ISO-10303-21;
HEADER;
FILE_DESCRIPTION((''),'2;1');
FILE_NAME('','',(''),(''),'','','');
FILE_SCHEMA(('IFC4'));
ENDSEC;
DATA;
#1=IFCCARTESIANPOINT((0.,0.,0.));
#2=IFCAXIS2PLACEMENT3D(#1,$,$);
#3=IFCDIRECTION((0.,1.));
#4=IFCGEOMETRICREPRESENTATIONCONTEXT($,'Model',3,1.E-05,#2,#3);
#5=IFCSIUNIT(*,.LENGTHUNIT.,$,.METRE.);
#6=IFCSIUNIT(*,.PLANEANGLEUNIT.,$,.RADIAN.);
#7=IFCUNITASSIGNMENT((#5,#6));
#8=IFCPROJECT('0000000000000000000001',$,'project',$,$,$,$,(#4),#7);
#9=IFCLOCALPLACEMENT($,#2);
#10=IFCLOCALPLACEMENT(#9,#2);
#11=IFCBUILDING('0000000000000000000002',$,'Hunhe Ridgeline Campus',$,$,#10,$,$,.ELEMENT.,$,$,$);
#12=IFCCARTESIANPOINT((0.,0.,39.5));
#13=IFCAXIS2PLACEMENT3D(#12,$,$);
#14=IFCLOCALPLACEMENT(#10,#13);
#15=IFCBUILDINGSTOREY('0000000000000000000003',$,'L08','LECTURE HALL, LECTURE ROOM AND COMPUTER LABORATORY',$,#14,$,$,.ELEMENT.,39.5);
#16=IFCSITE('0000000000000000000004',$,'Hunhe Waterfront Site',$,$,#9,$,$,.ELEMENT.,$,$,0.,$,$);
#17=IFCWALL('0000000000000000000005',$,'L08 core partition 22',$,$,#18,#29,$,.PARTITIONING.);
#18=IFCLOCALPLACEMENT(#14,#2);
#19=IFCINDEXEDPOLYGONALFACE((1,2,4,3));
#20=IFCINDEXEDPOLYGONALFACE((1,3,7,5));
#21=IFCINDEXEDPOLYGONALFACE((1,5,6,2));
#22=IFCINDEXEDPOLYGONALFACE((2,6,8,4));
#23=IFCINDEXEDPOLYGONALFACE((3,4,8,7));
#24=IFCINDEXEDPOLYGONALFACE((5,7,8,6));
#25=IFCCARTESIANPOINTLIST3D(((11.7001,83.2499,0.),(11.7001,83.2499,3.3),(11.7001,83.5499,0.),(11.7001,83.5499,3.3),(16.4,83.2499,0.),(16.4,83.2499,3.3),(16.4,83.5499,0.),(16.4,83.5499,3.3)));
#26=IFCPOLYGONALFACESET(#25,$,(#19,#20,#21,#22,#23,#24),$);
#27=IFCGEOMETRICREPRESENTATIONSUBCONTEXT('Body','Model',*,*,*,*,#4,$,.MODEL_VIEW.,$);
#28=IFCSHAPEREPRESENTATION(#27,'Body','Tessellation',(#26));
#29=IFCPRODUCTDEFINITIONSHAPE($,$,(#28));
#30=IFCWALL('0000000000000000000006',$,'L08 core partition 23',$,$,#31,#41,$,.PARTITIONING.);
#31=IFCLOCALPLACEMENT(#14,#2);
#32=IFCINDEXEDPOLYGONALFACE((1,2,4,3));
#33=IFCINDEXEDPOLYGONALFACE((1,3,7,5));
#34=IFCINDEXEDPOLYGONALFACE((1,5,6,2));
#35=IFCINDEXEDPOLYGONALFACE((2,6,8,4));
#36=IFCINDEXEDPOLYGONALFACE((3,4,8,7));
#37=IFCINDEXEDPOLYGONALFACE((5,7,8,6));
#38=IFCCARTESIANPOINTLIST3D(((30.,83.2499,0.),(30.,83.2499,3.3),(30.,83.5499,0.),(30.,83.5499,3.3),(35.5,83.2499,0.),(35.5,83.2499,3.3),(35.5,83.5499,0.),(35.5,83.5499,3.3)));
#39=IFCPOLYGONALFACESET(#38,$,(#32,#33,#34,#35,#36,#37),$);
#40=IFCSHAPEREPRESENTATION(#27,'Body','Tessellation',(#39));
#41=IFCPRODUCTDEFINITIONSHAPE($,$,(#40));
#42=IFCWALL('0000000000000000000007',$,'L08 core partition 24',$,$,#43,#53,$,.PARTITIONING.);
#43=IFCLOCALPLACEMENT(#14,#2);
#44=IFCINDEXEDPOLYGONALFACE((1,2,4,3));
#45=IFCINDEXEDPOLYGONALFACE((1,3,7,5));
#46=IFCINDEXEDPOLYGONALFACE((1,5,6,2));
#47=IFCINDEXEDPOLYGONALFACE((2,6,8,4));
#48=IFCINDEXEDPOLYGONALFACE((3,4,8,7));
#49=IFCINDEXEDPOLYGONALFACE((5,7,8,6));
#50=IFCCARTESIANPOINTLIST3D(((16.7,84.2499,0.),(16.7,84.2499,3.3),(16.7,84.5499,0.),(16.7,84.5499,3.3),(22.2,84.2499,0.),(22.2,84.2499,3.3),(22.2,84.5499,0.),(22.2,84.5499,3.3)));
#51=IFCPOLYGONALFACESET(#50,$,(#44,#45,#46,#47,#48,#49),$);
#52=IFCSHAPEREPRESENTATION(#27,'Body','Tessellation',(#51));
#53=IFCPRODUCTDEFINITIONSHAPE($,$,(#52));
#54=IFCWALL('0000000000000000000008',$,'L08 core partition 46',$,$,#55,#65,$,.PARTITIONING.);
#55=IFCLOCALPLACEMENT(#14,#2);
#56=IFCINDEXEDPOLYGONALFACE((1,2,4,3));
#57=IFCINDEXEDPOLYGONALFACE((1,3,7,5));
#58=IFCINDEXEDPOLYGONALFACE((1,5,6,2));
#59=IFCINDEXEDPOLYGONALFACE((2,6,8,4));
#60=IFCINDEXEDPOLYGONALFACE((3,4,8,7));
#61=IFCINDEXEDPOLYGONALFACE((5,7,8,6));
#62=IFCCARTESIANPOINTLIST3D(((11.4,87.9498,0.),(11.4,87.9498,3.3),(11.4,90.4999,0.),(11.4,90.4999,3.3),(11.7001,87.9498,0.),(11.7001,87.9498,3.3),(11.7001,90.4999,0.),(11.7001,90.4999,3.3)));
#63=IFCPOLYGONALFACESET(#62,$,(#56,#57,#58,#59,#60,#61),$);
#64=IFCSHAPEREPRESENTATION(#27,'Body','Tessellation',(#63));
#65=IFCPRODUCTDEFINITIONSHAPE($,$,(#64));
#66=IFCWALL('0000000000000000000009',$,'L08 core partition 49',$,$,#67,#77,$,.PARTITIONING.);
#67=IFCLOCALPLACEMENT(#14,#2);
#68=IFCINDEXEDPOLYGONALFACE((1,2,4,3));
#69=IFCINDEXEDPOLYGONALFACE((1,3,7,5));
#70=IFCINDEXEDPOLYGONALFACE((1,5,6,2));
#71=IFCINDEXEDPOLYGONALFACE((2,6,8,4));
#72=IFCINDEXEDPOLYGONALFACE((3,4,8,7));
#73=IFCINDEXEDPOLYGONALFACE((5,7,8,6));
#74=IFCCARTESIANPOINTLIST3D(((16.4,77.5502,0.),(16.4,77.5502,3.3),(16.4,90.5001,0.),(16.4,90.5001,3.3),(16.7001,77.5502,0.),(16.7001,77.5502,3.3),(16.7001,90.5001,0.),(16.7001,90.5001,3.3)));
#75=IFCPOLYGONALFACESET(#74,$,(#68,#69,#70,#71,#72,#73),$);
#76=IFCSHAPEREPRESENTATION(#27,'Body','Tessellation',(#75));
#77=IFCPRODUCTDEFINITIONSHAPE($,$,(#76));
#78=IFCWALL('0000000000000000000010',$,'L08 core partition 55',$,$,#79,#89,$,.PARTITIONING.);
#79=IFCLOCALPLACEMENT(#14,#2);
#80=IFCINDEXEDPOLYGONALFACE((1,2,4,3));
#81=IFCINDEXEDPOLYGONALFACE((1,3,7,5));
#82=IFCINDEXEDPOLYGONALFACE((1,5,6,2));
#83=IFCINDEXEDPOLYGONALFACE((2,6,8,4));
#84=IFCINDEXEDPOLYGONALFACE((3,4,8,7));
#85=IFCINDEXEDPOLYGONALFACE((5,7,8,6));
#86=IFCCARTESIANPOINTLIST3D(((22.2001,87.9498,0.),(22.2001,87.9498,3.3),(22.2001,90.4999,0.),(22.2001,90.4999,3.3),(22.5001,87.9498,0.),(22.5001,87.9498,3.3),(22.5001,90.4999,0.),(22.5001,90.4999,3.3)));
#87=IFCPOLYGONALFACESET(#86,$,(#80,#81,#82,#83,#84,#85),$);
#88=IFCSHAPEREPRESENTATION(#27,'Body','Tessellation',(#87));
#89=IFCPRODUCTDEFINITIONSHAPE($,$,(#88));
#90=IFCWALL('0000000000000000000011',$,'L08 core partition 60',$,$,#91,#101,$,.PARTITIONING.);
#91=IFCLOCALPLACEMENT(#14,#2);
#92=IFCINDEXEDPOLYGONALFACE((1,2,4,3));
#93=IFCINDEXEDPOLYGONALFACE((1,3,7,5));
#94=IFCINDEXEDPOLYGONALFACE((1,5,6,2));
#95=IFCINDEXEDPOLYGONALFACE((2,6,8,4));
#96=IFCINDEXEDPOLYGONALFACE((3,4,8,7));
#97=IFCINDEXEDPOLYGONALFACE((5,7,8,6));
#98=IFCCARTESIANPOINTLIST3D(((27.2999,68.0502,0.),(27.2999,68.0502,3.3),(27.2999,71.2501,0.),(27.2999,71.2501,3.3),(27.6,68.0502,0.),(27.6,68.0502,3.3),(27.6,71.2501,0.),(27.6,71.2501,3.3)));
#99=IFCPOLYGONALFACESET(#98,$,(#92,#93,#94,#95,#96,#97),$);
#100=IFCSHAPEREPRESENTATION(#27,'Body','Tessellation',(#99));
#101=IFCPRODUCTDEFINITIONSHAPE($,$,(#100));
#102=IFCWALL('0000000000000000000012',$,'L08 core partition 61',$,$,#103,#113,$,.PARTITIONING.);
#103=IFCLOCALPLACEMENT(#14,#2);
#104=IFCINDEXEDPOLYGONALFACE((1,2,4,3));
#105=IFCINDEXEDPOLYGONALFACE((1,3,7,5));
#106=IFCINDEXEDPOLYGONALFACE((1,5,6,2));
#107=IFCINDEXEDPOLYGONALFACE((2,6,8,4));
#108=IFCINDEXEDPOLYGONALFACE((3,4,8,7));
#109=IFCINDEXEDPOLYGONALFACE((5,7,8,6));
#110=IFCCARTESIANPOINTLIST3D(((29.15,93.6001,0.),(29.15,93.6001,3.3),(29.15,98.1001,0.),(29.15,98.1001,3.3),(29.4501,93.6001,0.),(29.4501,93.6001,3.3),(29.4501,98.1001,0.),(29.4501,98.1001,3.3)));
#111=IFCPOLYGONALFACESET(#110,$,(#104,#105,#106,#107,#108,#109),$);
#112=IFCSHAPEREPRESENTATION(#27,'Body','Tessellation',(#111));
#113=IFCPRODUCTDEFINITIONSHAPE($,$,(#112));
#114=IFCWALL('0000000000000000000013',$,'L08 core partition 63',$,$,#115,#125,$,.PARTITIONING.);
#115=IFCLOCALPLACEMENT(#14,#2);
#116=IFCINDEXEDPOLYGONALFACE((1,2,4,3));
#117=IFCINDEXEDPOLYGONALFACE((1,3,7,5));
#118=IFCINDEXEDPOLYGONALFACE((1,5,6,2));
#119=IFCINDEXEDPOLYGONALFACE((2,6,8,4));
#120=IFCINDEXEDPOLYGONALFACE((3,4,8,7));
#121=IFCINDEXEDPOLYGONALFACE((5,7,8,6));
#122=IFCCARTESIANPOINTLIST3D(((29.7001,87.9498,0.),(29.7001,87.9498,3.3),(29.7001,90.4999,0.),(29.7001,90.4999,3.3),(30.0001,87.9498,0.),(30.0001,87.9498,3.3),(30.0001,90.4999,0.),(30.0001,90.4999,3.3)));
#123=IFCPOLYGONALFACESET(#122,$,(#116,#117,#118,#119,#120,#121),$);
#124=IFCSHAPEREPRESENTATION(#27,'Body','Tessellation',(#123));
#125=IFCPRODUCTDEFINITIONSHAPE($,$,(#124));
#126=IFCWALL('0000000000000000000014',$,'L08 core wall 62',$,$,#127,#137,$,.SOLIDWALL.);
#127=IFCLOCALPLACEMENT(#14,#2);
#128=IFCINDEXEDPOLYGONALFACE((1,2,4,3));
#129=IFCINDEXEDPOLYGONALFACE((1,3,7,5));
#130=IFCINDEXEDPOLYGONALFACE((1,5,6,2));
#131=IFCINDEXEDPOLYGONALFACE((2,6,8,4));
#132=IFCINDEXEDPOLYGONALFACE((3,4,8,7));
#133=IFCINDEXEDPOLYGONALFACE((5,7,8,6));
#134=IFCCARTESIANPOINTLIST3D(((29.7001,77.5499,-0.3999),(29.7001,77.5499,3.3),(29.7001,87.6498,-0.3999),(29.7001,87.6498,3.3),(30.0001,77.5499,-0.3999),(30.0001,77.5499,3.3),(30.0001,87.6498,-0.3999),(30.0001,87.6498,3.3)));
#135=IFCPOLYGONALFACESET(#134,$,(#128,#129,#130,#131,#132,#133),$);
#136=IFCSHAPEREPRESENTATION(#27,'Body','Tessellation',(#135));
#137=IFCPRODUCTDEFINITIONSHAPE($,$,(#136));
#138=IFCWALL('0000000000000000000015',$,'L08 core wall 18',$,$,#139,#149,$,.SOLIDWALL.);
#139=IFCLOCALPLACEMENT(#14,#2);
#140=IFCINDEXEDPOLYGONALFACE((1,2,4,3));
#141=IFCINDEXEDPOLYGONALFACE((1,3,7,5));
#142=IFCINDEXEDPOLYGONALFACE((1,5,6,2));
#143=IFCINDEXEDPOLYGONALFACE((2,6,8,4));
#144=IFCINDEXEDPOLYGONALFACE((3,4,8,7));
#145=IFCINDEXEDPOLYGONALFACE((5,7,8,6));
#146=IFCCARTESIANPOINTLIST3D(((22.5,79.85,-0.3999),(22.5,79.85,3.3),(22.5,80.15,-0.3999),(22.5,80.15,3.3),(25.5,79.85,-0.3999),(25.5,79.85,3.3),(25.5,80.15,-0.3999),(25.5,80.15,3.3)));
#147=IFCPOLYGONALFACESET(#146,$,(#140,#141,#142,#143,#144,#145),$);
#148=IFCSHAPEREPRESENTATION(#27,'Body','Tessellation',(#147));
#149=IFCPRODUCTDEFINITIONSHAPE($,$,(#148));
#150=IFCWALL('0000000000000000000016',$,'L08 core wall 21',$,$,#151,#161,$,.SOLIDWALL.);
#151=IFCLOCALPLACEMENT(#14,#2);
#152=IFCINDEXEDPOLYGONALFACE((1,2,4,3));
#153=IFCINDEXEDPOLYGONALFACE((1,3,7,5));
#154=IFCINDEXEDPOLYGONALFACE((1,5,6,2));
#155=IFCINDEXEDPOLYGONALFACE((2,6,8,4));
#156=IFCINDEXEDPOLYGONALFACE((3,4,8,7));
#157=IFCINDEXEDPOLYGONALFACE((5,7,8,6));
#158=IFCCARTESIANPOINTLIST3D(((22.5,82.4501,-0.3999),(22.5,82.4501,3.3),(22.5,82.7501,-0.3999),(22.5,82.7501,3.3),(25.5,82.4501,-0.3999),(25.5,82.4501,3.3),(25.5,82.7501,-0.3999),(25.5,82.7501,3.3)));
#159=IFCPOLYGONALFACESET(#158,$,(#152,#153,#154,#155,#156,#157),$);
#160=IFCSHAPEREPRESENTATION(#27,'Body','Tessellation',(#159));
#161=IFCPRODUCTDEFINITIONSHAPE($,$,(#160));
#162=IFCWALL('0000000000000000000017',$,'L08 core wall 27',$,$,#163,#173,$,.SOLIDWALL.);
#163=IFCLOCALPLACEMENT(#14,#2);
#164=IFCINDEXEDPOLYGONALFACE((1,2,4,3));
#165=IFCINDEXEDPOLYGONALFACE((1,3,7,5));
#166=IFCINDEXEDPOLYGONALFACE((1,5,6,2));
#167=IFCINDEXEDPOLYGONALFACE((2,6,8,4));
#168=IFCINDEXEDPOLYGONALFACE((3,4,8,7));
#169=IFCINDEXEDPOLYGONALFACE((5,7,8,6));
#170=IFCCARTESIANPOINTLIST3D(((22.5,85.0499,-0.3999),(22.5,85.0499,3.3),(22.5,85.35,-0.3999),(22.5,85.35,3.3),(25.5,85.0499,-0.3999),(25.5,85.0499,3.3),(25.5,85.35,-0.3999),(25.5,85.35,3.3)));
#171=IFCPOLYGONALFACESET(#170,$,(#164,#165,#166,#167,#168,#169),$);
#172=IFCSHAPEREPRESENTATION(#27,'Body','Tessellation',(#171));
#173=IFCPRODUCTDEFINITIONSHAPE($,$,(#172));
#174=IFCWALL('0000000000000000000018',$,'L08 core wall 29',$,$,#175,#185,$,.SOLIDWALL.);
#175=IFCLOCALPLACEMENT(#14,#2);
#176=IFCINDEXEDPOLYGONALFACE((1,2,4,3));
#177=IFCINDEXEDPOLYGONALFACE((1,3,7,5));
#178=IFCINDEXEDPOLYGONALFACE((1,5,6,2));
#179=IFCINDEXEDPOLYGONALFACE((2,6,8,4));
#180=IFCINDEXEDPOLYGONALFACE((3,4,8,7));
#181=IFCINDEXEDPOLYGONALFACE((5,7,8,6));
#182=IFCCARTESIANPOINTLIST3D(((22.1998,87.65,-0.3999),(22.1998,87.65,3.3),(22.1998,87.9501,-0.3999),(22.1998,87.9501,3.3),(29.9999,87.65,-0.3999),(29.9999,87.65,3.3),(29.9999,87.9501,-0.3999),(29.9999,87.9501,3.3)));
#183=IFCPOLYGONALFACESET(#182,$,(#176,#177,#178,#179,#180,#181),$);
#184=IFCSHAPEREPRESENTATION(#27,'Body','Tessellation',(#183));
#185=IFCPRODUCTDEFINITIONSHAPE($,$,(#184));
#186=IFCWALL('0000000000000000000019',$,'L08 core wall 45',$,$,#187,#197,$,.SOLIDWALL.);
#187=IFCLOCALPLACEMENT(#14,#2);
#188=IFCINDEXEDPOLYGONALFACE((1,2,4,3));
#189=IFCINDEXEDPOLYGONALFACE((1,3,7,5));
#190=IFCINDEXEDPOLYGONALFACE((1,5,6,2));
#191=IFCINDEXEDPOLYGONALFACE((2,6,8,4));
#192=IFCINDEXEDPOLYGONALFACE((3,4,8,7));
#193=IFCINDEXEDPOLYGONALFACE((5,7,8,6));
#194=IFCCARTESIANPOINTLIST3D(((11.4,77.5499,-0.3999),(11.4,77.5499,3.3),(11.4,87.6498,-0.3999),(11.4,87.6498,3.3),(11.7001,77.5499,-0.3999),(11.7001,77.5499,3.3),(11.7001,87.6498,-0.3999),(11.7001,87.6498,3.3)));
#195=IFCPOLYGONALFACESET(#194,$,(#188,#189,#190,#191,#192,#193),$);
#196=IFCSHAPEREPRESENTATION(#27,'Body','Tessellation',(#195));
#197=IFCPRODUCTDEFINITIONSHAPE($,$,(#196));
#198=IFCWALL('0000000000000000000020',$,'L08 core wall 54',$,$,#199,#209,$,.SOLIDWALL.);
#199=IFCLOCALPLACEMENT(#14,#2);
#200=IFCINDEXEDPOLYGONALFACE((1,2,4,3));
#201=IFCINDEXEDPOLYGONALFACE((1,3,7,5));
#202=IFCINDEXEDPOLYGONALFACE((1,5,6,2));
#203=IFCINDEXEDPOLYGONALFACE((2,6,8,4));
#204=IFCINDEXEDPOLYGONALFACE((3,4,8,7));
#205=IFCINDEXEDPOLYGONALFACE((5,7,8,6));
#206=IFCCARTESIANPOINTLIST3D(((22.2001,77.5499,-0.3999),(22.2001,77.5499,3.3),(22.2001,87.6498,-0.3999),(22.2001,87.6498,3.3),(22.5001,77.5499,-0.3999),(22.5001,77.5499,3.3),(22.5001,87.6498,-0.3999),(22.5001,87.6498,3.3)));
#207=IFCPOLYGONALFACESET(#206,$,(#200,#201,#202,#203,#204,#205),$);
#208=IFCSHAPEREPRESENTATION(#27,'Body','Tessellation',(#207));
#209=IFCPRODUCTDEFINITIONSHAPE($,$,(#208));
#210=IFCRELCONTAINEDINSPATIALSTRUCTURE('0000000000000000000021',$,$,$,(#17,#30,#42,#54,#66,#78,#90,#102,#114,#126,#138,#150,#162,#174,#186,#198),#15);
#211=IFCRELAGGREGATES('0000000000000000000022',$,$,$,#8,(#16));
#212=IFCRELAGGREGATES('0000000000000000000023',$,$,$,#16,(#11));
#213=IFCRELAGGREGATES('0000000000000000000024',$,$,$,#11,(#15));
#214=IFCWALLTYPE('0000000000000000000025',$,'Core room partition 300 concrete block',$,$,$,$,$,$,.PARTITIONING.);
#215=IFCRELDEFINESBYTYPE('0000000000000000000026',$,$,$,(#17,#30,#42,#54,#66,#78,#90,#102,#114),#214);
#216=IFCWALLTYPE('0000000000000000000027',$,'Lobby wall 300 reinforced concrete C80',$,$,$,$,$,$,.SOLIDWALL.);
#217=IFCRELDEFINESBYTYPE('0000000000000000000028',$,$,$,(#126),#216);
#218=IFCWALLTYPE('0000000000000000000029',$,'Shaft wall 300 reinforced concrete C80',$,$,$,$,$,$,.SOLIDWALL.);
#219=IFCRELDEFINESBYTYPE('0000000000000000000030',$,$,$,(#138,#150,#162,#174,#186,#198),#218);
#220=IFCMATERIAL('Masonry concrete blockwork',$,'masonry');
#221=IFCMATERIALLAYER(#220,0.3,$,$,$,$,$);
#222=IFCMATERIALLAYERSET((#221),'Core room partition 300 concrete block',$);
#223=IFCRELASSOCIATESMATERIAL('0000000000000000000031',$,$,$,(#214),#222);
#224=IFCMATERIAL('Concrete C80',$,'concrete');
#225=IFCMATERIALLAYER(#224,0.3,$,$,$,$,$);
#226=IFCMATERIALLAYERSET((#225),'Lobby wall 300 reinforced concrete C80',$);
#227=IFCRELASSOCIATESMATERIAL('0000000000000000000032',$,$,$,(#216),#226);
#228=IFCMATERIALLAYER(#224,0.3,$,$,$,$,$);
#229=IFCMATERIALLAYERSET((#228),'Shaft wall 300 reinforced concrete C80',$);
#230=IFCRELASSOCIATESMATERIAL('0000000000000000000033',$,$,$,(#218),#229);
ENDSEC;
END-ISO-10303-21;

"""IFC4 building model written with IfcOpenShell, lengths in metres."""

from ifc_helpers import new_model, si_unit, direction, frame, frame_2d, origin, place, context, subcontext, project, spatial, rectangle, extrude, material, layer, layer_set, type_object, element, save


model = new_model("IFC4")

# Units and contexts
model_context = context("Model", 3, precision=1e-05, world=origin(), true_north=direction((0.0, 1.0)))
body_context = subcontext(model_context, "Body", "Model", "MODEL_VIEW")
ifc_project = project(units=[si_unit("LENGTHUNIT", "METRE"), si_unit("PLANEANGLEUNIT", "RADIAN")], contexts=[model_context])

# Site, building, storey
site_placement = place(None, origin())
site = spatial("IfcSite", under=ifc_project, at=site_placement, Name="Hunhe Waterfront Site", CompositionType="ELEMENT", RefElevation=0.0)
building_placement = place(site_placement, origin())
building = spatial("IfcBuilding", under=site, at=building_placement, Name="Hunhe Ridgeline Campus", CompositionType="ELEMENT")
storey_placement = place(building_placement, frame((0.0, 0.0, 39.5)))
storey = spatial("IfcBuildingStorey", under=building, at=storey_placement, Name="L08", Description="LECTURE HALL, LECTURE ROOM AND COMPUTER LABORATORY", CompositionType="ELEMENT", Elevation=39.5)

# Shared definitions
ifc_material_1 = material(Name="Masonry concrete blockwork", Category="masonry")
ifc_layer_1 = layer(ifc_material_1, 0.3)
ifc_layer_set_1 = layer_set([ifc_layer_1], Name="Core room partition 300 concrete block")
wall_type_1 = type_object("IfcWallType", Name="Core room partition 300 concrete block", PredefinedType="PARTITIONING", material=ifc_layer_set_1)

# Walls
wall_1_placement = place(storey_placement, frame((11.7, 83.3999, 0.0), z_axis=(0.0, 0.0, 1.0), x_axis=(1.0, 0.0, 0.0)))
element("IfcWall", 1, at=wall_1_placement, inside=storey, type_object=wall_type_1, Name="L08 core partition 22", PredefinedType="PARTITIONING", context=body_context, shape_type="SweptSolid", body=[
    extrude(rectangle(XDim=4.7, YDim=0.3, at=frame_2d((2.3501, 0.0))), origin(), (0.0, 0.0, 1.0), 3.3),
])
for number, where, z_axis, x_axis, name in (
    (2, (30.0, 83.3999, 0.0), (0.0, 0.0, 1.0), (1.0, 0.0, 0.0), "L08 core partition 23"),
    (3, (16.7, 84.3999, 0.0), (0.0, 0.0, 1.0), (1.0, 0.0, 0.0), "L08 core partition 24"),
):
    element("IfcWall", number, at=place(storey_placement, frame(where, z_axis=z_axis, x_axis=x_axis)), inside=storey, type_object=wall_type_1, Name=name, PredefinedType="PARTITIONING", context=body_context, shape_type="SweptSolid", body=[
        extrude(rectangle(XDim=5.5, YDim=0.3, at=frame_2d((2.75, 0.0))), origin(), (0.0, 0.0, 1.0), 3.3),
    ])
wall_2_placement = place(storey_placement, frame((11.55, 87.95, 0.0), z_axis=(0.0, 0.0, 1.0), x_axis=(0.0, 1.0, 0.0)))
element("IfcWall", 4, at=wall_2_placement, inside=storey, type_object=wall_type_1, Name="L08 core partition 46", PredefinedType="PARTITIONING", context=body_context, shape_type="SweptSolid", body=[
    extrude(rectangle(XDim=2.55, YDim=0.3, at=frame_2d((1.2749, 0.0))), origin(), (0.0, 0.0, 1.0), 3.3),
])
wall_3_placement = place(storey_placement, frame((16.55, 77.55, 0.0), z_axis=(0.0, 0.0, 1.0), x_axis=(0.0, 1.0, 0.0)))
element("IfcWall", 5, at=wall_3_placement, inside=storey, type_object=wall_type_1, Name="L08 core partition 49", PredefinedType="PARTITIONING", context=body_context, shape_type="SweptSolid", body=[
    extrude(rectangle(XDim=12.95, YDim=0.3, at=frame_2d((6.4751, 0.0))), origin(), (0.0, 0.0, 1.0), 3.3),
])
wall_4_placement = place(storey_placement, frame((22.3501, 87.95, 0.0), z_axis=(0.0, 0.0, 1.0), x_axis=(0.0, 1.0, 0.0)))
element("IfcWall", 6, at=wall_4_placement, inside=storey, type_object=wall_type_1, Name="L08 core partition 55", PredefinedType="PARTITIONING", context=body_context, shape_type="SweptSolid", body=[
    extrude(rectangle(XDim=2.55, YDim=0.3, at=frame_2d((1.2749, 0.0))), origin(), (0.0, 0.0, 1.0), 3.3),
])
wall_5_placement = place(storey_placement, frame((27.45, 68.05, 0.0), z_axis=(0.0, 0.0, 1.0), x_axis=(0.0, 1.0, 0.0)))
element("IfcWall", 7, at=wall_5_placement, inside=storey, type_object=wall_type_1, Name="L08 core partition 60", PredefinedType="PARTITIONING", context=body_context, shape_type="SweptSolid", body=[
    extrude(rectangle(XDim=3.2, YDim=0.3, at=frame_2d((1.6001, 0.0))), origin(), (0.0, 0.0, 1.0), 3.3),
])
wall_6_placement = place(storey_placement, frame((29.3, 93.6001, 0.0), z_axis=(0.0, 0.0, 1.0), x_axis=(0.0, 1.0, 0.0)))
element("IfcWall", 8, at=wall_6_placement, inside=storey, type_object=wall_type_1, Name="L08 core partition 61", PredefinedType="PARTITIONING", context=body_context, shape_type="SweptSolid", body=[
    extrude(rectangle(XDim=4.5, YDim=0.3, at=frame_2d((2.25, 0.0))), origin(), (0.0, 0.0, 1.0), 3.3),
])
wall_7_placement = place(storey_placement, frame((29.8501, 87.95, 0.0), z_axis=(0.0, 0.0, 1.0), x_axis=(0.0, 1.0, 0.0)))
element("IfcWall", 9, at=wall_7_placement, inside=storey, type_object=wall_type_1, Name="L08 core partition 63", PredefinedType="PARTITIONING", context=body_context, shape_type="SweptSolid", body=[
    extrude(rectangle(XDim=2.55, YDim=0.3, at=frame_2d((1.2749, 0.0))), origin(), (0.0, 0.0, 1.0), 3.3),
])
ifc_material_2 = material(Name="Concrete C80", Category="concrete")
ifc_layer_2 = layer(ifc_material_2, 0.3)
ifc_layer_set_2 = layer_set([ifc_layer_2], Name="Lobby wall 300 reinforced concrete C80")
wall_type_2 = type_object("IfcWallType", Name="Lobby wall 300 reinforced concrete C80", PredefinedType="SOLIDWALL", material=ifc_layer_set_2)
wall_8_placement = place(storey_placement, frame((29.8501, 77.55, -0.3999), z_axis=(0.0, 0.0, 1.0), x_axis=(0.0, 1.0, 0.0)))
element("IfcWall", 10, at=wall_8_placement, inside=storey, type_object=wall_type_2, Name="L08 core wall 62", PredefinedType="SOLIDWALL", context=body_context, shape_type="SweptSolid", body=[
    extrude(rectangle(XDim=10.0999, YDim=0.3, at=frame_2d((5.0498, 0.0))), origin(), (0.0, 0.0, 1.0), 3.7),
])
ifc_layer_3 = layer(ifc_material_2, 0.3)
ifc_layer_set_3 = layer_set([ifc_layer_3], Name="Shaft wall 300 reinforced concrete C80")
wall_type_3 = type_object("IfcWallType", Name="Shaft wall 300 reinforced concrete C80", PredefinedType="SOLIDWALL", material=ifc_layer_set_3)
for number, where, z_axis, x_axis, name in (
    (11, (22.5, 80.0, -0.3999), (0.0, 0.0, 1.0), (1.0, 0.0, 0.0), "L08 core wall 18"),
    (12, (22.5, 82.6001, -0.3999), (0.0, 0.0, 1.0), (1.0, 0.0, 0.0), "L08 core wall 21"),
    (13, (22.5, 85.2, -0.3999), (0.0, 0.0, 1.0), (1.0, 0.0, 0.0), "L08 core wall 27"),
):
    element("IfcWall", number, at=place(storey_placement, frame(where, z_axis=z_axis, x_axis=x_axis)), inside=storey, type_object=wall_type_3, Name=name, PredefinedType="SOLIDWALL", context=body_context, shape_type="SweptSolid", body=[
        extrude(rectangle(XDim=3.0, YDim=0.3, at=frame_2d((1.5, 0.0))), origin(), (0.0, 0.0, 1.0), 3.7),
    ])
wall_9_placement = place(storey_placement, frame((22.2, 87.8, -0.3999), z_axis=(0.0, 0.0, 1.0), x_axis=(1.0, 0.0, 0.0)))
element("IfcWall", 14, at=wall_9_placement, inside=storey, type_object=wall_type_3, Name="L08 core wall 29", PredefinedType="SOLIDWALL", context=body_context, shape_type="SweptSolid", body=[
    extrude(rectangle(XDim=7.8, YDim=0.3, at=frame_2d((3.8999, 0.0))), origin(), (0.0, 0.0, 1.0), 3.7),
])
for number, where, z_axis, x_axis, name in (
    (15, (11.55, 77.55, -0.3999), (0.0, 0.0, 1.0), (0.0, 1.0, 0.0), "L08 core wall 45"),
    (16, (22.3501, 77.55, -0.3999), (0.0, 0.0, 1.0), (0.0, 1.0, 0.0), "L08 core wall 54"),
):
    element("IfcWall", number, at=place(storey_placement, frame(where, z_axis=z_axis, x_axis=x_axis)), inside=storey, type_object=wall_type_3, Name=name, PredefinedType="SOLIDWALL", context=body_context, shape_type="SweptSolid", body=[
        extrude(rectangle(XDim=10.0999, YDim=0.3, at=frame_2d((5.0498, 0.0))), origin(), (0.0, 0.0, 1.0), 3.7),
    ])

save(model, "model.ifc")
